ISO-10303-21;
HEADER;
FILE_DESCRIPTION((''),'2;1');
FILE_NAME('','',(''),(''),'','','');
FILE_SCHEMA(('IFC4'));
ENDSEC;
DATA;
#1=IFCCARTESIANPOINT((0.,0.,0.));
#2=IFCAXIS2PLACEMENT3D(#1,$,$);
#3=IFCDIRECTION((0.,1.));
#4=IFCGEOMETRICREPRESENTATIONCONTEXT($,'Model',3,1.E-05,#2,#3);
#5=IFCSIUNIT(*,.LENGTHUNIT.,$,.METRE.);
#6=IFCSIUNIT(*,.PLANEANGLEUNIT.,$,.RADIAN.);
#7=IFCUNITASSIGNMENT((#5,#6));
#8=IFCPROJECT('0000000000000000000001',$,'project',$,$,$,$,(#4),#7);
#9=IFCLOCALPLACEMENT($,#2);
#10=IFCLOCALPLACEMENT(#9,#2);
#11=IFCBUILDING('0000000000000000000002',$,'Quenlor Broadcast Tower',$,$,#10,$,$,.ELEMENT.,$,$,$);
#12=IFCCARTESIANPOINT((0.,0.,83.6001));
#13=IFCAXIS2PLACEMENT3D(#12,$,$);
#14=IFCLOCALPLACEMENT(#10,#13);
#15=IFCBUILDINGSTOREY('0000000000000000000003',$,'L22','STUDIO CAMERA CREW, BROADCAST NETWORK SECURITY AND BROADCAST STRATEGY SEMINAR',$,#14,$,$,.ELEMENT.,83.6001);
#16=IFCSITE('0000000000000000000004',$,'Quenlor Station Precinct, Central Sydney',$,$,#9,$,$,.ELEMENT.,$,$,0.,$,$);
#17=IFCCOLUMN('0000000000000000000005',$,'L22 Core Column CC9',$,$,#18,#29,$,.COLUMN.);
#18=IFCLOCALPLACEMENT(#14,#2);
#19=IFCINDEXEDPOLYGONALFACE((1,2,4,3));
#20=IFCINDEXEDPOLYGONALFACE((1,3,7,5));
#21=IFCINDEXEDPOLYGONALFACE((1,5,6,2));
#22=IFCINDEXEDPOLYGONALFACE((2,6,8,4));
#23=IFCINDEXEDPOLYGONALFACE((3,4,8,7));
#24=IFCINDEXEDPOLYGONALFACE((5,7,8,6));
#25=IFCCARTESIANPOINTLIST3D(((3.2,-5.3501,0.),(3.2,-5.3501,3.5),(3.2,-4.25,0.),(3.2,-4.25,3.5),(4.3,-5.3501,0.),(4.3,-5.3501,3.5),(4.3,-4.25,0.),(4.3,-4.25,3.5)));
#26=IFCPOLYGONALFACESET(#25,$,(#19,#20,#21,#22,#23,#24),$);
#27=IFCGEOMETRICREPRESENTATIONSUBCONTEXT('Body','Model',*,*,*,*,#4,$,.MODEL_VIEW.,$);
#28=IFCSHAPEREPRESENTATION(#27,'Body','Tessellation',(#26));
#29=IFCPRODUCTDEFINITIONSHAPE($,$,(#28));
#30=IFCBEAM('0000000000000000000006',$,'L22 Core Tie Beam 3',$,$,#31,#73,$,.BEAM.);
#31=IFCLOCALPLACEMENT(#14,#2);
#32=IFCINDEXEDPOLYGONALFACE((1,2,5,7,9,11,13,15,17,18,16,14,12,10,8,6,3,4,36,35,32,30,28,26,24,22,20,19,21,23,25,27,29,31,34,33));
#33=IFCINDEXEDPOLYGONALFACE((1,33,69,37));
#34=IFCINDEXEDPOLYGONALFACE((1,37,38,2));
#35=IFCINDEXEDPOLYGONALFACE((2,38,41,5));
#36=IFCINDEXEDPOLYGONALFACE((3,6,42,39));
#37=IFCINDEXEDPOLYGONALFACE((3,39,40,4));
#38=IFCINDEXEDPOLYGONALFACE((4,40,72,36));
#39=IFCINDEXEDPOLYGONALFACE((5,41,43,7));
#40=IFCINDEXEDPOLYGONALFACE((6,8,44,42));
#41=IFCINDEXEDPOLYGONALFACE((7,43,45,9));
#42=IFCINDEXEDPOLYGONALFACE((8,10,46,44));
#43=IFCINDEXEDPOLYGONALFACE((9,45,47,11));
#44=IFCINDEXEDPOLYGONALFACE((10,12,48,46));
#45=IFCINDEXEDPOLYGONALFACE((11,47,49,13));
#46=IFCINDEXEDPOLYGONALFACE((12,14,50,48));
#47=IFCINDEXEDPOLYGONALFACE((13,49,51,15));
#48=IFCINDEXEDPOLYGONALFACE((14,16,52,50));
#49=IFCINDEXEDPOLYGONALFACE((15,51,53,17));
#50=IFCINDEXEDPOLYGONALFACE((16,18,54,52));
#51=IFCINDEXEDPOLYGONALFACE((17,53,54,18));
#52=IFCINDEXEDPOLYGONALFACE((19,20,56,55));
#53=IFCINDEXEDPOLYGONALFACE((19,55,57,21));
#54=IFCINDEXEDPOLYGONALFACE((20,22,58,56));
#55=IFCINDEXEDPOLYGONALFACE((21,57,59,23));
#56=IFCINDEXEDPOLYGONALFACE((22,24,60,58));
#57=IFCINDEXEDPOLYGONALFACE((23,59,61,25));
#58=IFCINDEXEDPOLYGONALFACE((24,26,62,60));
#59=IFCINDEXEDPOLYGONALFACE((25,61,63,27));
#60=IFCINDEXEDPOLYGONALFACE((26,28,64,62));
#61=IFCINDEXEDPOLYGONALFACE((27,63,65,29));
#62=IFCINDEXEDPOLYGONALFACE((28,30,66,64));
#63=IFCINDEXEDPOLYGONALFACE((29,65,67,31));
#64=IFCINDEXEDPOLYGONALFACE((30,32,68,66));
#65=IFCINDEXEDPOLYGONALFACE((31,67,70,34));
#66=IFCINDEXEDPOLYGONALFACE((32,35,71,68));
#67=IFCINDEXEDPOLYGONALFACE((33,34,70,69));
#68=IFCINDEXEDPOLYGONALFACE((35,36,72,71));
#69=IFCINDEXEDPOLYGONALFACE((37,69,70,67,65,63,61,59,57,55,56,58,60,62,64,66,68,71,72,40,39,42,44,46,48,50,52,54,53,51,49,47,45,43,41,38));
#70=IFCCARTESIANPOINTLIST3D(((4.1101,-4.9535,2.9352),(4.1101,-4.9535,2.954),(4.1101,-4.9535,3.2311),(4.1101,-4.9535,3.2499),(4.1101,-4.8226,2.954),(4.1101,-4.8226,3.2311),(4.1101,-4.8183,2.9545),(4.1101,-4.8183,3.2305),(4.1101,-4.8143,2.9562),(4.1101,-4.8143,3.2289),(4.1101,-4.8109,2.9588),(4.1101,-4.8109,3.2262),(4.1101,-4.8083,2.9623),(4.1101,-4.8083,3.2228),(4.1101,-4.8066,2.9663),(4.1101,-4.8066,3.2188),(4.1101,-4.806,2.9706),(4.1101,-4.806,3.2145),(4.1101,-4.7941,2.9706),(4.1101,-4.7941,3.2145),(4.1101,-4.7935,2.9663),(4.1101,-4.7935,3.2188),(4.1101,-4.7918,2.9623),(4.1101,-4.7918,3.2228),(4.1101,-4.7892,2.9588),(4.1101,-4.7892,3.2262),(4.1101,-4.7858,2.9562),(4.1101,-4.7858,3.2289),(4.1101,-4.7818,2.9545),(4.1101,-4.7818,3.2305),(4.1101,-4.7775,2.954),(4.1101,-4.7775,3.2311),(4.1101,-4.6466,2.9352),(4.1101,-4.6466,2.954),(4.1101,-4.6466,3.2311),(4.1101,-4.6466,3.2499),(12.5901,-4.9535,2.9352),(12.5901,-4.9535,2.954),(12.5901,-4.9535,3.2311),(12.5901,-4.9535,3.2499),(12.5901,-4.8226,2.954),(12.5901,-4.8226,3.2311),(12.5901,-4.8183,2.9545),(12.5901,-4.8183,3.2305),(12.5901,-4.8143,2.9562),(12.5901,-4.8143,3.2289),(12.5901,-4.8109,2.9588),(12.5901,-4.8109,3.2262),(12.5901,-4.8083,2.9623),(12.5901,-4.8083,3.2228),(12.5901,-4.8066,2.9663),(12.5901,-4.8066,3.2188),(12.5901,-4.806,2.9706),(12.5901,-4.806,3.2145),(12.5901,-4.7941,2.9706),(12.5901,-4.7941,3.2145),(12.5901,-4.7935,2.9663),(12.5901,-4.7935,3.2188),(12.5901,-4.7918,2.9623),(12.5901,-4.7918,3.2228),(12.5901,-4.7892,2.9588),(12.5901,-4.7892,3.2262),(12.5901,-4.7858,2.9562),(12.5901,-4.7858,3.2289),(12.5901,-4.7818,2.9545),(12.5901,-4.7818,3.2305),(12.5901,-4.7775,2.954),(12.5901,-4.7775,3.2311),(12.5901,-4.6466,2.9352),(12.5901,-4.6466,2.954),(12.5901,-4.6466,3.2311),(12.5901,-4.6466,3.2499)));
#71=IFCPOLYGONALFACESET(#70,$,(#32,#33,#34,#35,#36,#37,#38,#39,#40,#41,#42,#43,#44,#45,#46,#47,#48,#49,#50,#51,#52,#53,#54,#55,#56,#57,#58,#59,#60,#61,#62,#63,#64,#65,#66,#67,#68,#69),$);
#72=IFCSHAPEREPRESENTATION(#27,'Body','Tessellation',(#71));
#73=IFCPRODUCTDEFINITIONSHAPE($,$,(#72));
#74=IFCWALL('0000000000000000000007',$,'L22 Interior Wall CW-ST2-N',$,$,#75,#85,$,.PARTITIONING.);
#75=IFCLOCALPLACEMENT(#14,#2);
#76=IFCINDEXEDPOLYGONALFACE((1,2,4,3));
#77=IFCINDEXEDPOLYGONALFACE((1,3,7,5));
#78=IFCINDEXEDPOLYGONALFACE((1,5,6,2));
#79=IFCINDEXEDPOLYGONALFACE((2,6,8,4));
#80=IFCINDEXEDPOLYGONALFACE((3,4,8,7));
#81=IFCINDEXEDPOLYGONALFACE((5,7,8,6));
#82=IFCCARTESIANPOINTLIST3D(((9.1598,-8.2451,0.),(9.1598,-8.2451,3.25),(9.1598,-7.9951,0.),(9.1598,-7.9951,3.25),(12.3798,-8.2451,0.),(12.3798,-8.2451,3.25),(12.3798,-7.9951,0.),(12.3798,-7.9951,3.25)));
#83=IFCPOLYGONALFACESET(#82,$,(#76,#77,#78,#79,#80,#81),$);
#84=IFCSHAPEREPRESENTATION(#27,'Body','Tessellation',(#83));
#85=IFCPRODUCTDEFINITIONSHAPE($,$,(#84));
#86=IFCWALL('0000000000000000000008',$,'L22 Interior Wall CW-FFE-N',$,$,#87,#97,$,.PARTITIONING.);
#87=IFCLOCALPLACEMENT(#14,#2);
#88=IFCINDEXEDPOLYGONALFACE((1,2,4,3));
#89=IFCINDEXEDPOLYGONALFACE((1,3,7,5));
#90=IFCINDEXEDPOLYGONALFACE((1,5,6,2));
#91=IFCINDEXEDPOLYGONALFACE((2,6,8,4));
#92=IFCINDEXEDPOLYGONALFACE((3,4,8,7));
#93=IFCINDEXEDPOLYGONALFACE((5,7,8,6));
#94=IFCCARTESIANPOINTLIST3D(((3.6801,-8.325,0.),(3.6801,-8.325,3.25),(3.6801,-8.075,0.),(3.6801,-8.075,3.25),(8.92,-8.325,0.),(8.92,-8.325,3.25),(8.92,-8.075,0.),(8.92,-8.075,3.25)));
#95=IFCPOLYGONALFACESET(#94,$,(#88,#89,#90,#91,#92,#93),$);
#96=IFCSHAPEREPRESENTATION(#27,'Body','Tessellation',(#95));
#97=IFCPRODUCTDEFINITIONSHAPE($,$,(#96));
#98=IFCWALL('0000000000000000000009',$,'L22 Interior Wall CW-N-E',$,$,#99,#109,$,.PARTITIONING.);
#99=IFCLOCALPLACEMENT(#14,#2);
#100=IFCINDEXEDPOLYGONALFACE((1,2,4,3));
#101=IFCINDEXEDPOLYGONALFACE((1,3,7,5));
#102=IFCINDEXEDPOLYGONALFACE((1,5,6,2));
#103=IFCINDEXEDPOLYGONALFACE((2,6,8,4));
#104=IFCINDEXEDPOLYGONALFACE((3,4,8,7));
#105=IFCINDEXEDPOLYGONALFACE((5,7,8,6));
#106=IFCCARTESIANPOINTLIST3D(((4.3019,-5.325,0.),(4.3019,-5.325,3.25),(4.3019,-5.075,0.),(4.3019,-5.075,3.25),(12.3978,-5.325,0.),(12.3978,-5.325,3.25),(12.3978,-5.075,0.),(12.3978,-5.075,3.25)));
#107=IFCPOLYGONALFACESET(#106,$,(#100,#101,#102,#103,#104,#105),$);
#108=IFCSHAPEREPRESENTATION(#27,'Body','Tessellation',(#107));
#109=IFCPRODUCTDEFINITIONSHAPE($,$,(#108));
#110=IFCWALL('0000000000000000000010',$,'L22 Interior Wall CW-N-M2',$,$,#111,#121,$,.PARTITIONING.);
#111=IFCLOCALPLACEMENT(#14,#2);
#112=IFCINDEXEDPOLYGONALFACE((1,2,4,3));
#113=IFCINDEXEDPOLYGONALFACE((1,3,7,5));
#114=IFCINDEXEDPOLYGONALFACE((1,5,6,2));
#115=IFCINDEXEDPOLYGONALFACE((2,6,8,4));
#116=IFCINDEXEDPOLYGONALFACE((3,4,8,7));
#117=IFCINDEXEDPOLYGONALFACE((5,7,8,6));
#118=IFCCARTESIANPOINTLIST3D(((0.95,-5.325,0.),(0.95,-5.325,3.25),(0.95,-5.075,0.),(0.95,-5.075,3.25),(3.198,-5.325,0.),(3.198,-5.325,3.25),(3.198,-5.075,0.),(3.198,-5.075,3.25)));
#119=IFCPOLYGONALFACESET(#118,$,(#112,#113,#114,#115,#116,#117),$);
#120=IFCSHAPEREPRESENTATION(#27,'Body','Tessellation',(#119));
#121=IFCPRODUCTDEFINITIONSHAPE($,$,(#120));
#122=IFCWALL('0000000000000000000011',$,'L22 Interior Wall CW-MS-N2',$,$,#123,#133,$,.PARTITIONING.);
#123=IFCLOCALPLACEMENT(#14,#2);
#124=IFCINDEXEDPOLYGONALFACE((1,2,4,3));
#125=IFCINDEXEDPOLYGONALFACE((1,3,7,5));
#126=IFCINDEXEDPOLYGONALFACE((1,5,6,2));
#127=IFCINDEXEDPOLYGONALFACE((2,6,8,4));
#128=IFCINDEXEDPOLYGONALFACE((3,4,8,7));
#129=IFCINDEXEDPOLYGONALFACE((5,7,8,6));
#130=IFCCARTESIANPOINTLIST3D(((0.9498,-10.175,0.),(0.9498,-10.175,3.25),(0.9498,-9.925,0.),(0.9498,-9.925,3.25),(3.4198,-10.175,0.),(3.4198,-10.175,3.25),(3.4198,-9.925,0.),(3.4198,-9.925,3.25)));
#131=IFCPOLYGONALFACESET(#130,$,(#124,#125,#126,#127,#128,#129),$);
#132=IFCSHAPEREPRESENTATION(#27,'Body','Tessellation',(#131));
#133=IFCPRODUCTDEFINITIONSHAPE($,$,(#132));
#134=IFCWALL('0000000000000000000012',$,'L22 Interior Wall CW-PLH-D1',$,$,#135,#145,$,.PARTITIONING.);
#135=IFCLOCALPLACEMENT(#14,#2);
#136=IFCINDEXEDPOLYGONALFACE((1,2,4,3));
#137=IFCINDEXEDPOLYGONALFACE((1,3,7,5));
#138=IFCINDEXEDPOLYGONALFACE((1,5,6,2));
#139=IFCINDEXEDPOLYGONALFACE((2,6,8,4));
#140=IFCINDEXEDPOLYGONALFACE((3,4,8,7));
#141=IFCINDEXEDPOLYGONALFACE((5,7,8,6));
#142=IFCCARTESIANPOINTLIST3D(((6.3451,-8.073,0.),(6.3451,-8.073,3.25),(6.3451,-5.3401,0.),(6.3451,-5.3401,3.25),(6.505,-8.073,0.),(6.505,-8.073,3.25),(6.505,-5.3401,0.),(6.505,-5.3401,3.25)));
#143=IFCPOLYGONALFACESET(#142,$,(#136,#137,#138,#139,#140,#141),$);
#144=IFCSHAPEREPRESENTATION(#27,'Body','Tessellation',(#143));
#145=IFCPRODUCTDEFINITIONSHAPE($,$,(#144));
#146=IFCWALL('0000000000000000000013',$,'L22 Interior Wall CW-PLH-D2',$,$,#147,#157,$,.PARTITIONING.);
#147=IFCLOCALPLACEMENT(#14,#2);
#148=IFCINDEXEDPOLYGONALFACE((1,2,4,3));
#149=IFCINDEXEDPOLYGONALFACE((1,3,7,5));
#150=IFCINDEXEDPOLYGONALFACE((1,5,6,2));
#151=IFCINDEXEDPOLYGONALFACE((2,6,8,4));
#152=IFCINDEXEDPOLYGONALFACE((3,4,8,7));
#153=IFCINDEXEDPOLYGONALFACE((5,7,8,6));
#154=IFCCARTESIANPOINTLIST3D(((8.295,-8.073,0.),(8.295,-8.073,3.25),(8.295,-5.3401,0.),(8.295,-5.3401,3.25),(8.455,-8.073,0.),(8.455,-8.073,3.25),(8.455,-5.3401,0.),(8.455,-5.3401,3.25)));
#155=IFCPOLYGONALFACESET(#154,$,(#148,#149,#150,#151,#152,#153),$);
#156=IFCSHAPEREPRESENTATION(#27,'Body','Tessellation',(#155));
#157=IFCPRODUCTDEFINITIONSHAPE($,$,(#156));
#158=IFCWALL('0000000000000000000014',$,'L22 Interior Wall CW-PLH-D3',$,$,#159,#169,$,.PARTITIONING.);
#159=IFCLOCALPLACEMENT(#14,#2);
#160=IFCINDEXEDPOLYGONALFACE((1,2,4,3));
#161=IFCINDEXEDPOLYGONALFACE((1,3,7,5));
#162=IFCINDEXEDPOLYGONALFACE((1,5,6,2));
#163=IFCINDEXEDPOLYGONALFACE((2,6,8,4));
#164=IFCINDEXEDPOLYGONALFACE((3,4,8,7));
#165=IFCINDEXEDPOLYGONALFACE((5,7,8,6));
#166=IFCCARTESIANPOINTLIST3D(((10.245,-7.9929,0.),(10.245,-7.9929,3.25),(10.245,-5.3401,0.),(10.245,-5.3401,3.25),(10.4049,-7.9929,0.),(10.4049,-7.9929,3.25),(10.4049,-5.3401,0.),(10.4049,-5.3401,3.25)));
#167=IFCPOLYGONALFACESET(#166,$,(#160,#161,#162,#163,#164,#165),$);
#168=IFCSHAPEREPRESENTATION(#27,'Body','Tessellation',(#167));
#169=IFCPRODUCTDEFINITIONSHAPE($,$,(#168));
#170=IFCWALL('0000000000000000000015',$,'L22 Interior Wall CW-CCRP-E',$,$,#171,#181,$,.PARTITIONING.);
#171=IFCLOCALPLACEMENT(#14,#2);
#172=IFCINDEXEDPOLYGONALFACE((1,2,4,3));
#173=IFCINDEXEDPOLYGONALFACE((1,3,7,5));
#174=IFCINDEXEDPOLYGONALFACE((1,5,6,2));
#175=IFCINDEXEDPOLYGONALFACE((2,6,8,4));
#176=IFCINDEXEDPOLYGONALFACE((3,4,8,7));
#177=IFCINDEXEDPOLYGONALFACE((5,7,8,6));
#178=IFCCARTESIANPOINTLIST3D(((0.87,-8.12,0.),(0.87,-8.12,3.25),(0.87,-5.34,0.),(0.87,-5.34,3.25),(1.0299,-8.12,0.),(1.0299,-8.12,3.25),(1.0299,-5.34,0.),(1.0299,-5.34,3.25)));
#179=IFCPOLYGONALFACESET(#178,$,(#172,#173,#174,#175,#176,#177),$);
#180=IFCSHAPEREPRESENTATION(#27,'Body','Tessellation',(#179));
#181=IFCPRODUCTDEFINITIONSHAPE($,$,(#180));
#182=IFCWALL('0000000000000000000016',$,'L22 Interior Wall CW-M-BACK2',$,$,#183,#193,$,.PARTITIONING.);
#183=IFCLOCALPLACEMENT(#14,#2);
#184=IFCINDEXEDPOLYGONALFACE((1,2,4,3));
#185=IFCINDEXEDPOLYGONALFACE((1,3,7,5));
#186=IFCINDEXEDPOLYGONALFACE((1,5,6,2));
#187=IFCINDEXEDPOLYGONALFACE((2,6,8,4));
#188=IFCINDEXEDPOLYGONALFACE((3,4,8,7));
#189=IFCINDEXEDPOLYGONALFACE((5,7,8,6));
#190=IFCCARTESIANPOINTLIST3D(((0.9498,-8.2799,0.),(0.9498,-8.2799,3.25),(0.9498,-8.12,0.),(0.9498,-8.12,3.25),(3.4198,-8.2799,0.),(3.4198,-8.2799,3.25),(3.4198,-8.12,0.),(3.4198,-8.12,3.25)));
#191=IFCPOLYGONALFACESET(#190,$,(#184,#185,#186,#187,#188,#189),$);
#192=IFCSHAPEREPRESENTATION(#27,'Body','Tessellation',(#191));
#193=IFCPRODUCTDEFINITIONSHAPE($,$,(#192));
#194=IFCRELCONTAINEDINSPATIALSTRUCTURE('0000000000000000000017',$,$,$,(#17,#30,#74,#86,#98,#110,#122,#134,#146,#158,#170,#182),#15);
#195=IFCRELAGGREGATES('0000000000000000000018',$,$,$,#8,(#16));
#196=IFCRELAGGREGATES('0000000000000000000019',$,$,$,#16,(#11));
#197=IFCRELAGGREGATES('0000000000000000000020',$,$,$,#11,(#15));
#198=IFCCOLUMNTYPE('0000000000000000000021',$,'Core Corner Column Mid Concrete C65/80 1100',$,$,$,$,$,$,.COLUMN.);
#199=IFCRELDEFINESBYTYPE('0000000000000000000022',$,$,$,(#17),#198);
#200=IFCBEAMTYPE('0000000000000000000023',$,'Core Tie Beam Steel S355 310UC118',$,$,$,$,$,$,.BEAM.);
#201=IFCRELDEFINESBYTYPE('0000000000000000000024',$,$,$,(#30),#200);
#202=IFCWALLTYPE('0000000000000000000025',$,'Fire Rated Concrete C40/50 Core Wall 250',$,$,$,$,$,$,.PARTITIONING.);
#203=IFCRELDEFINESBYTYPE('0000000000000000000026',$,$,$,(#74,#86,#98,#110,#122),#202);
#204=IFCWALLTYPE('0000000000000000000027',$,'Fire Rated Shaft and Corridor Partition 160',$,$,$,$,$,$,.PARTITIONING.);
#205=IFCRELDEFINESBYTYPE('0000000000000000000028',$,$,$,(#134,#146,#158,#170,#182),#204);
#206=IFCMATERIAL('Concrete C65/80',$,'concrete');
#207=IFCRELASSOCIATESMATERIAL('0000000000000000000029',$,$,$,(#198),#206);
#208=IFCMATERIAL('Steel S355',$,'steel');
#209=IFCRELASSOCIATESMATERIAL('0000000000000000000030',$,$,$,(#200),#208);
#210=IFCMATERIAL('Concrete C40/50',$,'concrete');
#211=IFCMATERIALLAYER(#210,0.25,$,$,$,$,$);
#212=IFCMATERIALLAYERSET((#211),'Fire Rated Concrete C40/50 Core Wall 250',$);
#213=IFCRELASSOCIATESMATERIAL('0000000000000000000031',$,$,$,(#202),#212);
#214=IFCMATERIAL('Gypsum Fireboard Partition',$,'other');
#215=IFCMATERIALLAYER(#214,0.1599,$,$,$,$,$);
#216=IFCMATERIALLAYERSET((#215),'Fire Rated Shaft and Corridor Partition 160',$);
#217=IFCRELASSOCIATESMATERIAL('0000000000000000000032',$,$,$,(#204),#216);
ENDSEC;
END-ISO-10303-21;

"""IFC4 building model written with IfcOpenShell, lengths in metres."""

from ifc_helpers import new_model, si_unit, direction, frame, frame_2d, origin, origin_2d, place, context, subcontext, project, spatial, rectangle, i_section, extrude, material, layer, layer_set, material_profile, profile_set, type_object, element, save


model = new_model("IFC4")

# Units and contexts
model_context = context("Model", 3, precision=1e-05, world=origin(), true_north=direction((0.0, 1.0)))
body_context = subcontext(model_context, "Body", "Model", "MODEL_VIEW")
ifc_project = project(units=[si_unit("LENGTHUNIT", "METRE"), si_unit("PLANEANGLEUNIT", "RADIAN")], contexts=[model_context])

# Site, building, storey
site_placement = place(None, origin())
site = spatial("IfcSite", under=ifc_project, at=site_placement, Name="Quenlor Station Precinct, Central Sydney", CompositionType="ELEMENT", RefElevation=0.0)
building_placement = place(site_placement, origin())
building = spatial("IfcBuilding", under=site, at=building_placement, Name="Quenlor Broadcast Tower", CompositionType="ELEMENT")
storey_placement = place(building_placement, frame((0.0, 0.0, 83.6001)))
storey = spatial("IfcBuildingStorey", under=building, at=storey_placement, Name="L22", Description="STUDIO CAMERA CREW, BROADCAST NETWORK SECURITY AND BROADCAST STRATEGY SEMINAR", CompositionType="ELEMENT", Elevation=83.6001)

# Column
ifc_material_1 = material(Name="Concrete C65/80", Category="concrete")
ifc_material_profile_1 = material_profile(ifc_material_1, rectangle(XDim=1.1001, YDim=1.1001, at=origin_2d()))
ifc_profile_set_1 = profile_set([ifc_material_profile_1], Name="Concrete C65/80 RC1100x1100")
column_type = type_object("IfcColumnType", Name="Core Corner Column Mid Concrete C65/80 1100", PredefinedType="COLUMN", material=ifc_profile_set_1)
column_placement = place(storey_placement, frame((3.75, -4.8, 0.0), z_axis=(0.0, 0.0, 1.0), x_axis=(1.0, 0.0, 0.0)))
element("IfcColumn", 1, at=column_placement, inside=storey, type_object=column_type, Name="L22 Core Column CC9", PredefinedType="COLUMN", context=body_context, shape_type="SweptSolid", body=[
    extrude(rectangle(XDim=1.1001, YDim=1.1001, at=origin_2d()), origin(), (0.0, 0.0, 1.0), 3.5),
])

# Beam
ifc_material_2 = material(Name="Steel S355", Category="steel")
ifc_material_profile_2 = material_profile(ifc_material_2, i_section(OverallWidth=0.3069, OverallDepth=0.3147, WebThickness=0.012, FlangeThickness=0.0188, FilletRadius=0.0166, at=origin_2d()))
ifc_profile_set_2 = profile_set([ifc_material_profile_2], Name="Steel S355 310UC118")
beam_type = type_object("IfcBeamType", Name="Core Tie Beam Steel S355 310UC118", PredefinedType="BEAM", material=ifc_profile_set_2)
beam_placement = place(storey_placement, frame((4.1101, -4.8, 3.0925), z_axis=(1.0, 0.0, 0.0), x_axis=(0.0, 1.0, 0.0)))
element("IfcBeam", 2, at=beam_placement, inside=storey, type_object=beam_type, Name="L22 Core Tie Beam 3", PredefinedType="BEAM", context=body_context, shape_type="SweptSolid", body=[
    extrude(i_section(OverallWidth=0.3069, OverallDepth=0.3147, WebThickness=0.012, FlangeThickness=0.0188, FilletRadius=0.0166, at=origin_2d()), origin(), (0.0, 0.0, 1.0), 8.48),
])

# Shared definitions
ifc_material_3 = material(Name="Concrete C40/50", Category="concrete")
ifc_layer_1 = layer(ifc_material_3, 0.25)
ifc_layer_set_1 = layer_set([ifc_layer_1], Name="Fire Rated Concrete C40/50 Core Wall 250")
wall_type_1 = type_object("IfcWallType", Name="Fire Rated Concrete C40/50 Core Wall 250", PredefinedType="PARTITIONING", material=ifc_layer_set_1)

# Walls
wall_1_placement = place(storey_placement, frame((9.1599, -8.1201, 0.0), z_axis=(0.0, 0.0, 1.0), x_axis=(1.0, 0.0, 0.0)))
element("IfcWall", 3, at=wall_1_placement, inside=storey, type_object=wall_type_1, Name="L22 Interior Wall CW-ST2-N", PredefinedType="PARTITIONING", context=body_context, shape_type="SweptSolid", body=[
    extrude(rectangle(XDim=3.22, YDim=0.25, at=frame_2d((1.6099, 0.0))), origin(), (0.0, 0.0, 1.0), 3.25),
])
wall_2_placement = place(storey_placement, frame((3.6799, -8.2, 0.0), z_axis=(0.0, 0.0, 1.0), x_axis=(1.0, 0.0, 0.0)))
element("IfcWall", 4, at=wall_2_placement, inside=storey, type_object=wall_type_1, Name="L22 Interior Wall CW-FFE-N", PredefinedType="PARTITIONING", context=body_context, shape_type="SweptSolid", body=[
    extrude(rectangle(XDim=5.24, YDim=0.25, at=frame_2d((2.6201, 0.0))), origin(), (0.0, 0.0, 1.0), 3.25),
])
wall_3_placement = place(storey_placement, frame((4.302, -5.2, 0.0), z_axis=(0.0, 0.0, 1.0), x_axis=(1.0, 0.0, 0.0)))
element("IfcWall", 5, at=wall_3_placement, inside=storey, type_object=wall_type_1, Name="L22 Interior Wall CW-N-E", PredefinedType="PARTITIONING", context=body_context, shape_type="SweptSolid", body=[
    extrude(rectangle(XDim=8.0959, YDim=0.25, at=frame_2d((4.0479, 0.0))), origin(), (0.0, 0.0, 1.0), 3.25),
])
wall_4_placement = place(storey_placement, frame((0.95, -5.2, 0.0), z_axis=(0.0, 0.0, 1.0), x_axis=(1.0, 0.0, 0.0)))
element("IfcWall", 6, at=wall_4_placement, inside=storey, type_object=wall_type_1, Name="L22 Interior Wall CW-N-M2", PredefinedType="PARTITIONING", context=body_context, shape_type="SweptSolid", body=[
    extrude(rectangle(XDim=2.248, YDim=0.25, at=frame_2d((1.124, 0.0))), origin(), (0.0, 0.0, 1.0), 3.25),
])
wall_5_placement = place(storey_placement, frame((0.95, -10.05, 0.0), z_axis=(0.0, 0.0, 1.0), x_axis=(1.0, 0.0, 0.0)))
element("IfcWall", 7, at=wall_5_placement, inside=storey, type_object=wall_type_1, Name="L22 Interior Wall CW-MS-N2", PredefinedType="PARTITIONING", context=body_context, shape_type="SweptSolid", body=[
    extrude(rectangle(XDim=2.47, YDim=0.25, at=frame_2d((1.2349, 0.0))), origin(), (0.0, 0.0, 1.0), 3.25),
])
ifc_material_4 = material(Name="Gypsum Fireboard Partition", Category="other")
ifc_layer_2 = layer(ifc_material_4, 0.1599)
ifc_layer_set_2 = layer_set([ifc_layer_2], Name="Fire Rated Shaft and Corridor Partition 160")
wall_type_2 = type_object("IfcWallType", Name="Fire Rated Shaft and Corridor Partition 160", PredefinedType="PARTITIONING", material=ifc_layer_set_2)
for number, where, z_axis, x_axis, name in (
    (8, (6.425, -8.073, 0.0), (0.0, 0.0, 1.0), (0.0, 1.0, 0.0), "L22 Interior Wall CW-PLH-D1"),
    (9, (8.375, -8.073, 0.0), (0.0, 0.0, 1.0), (0.0, 1.0, 0.0), "L22 Interior Wall CW-PLH-D2"),
):
    element("IfcWall", number, at=place(storey_placement, frame(where, z_axis=z_axis, x_axis=x_axis)), inside=storey, type_object=wall_type_2, Name=name, PredefinedType="PARTITIONING", context=body_context, shape_type="SweptSolid", body=[
        extrude(rectangle(XDim=2.7329, YDim=0.1599, at=frame_2d((1.3665, 0.0))), origin(), (0.0, 0.0, 1.0), 3.25),
    ])
wall_6_placement = place(storey_placement, frame((10.325, -7.9929, 0.0), z_axis=(0.0, 0.0, 1.0), x_axis=(0.0, 1.0, 0.0)))
element("IfcWall", 10, at=wall_6_placement, inside=storey, type_object=wall_type_2, Name="L22 Interior Wall CW-PLH-D3", PredefinedType="PARTITIONING", context=body_context, shape_type="SweptSolid", body=[
    extrude(rectangle(XDim=2.6528, YDim=0.1599, at=frame_2d((1.3264, 0.0))), origin(), (0.0, 0.0, 1.0), 3.25),
])
wall_7_placement = place(storey_placement, frame((0.95, -8.1201, 0.0), z_axis=(0.0, 0.0, 1.0), x_axis=(0.0, 1.0, 0.0)))
element("IfcWall", 11, at=wall_7_placement, inside=storey, type_object=wall_type_2, Name="L22 Interior Wall CW-CCRP-E", PredefinedType="PARTITIONING", context=body_context, shape_type="SweptSolid", body=[
    extrude(rectangle(XDim=2.78, YDim=0.1599, at=frame_2d((1.3901, 0.0))), origin(), (0.0, 0.0, 1.0), 3.25),
])
wall_8_placement = place(storey_placement, frame((0.95, -8.2, 0.0), z_axis=(0.0, 0.0, 1.0), x_axis=(1.0, 0.0, 0.0)))
element("IfcWall", 12, at=wall_8_placement, inside=storey, type_object=wall_type_2, Name="L22 Interior Wall CW-M-BACK2", PredefinedType="PARTITIONING", context=body_context, shape_type="SweptSolid", body=[
    extrude(rectangle(XDim=2.47, YDim=0.1599, at=frame_2d((1.2349, 0.0))), origin(), (0.0, 0.0, 1.0), 3.25),
])

save(model, "model.ifc")
